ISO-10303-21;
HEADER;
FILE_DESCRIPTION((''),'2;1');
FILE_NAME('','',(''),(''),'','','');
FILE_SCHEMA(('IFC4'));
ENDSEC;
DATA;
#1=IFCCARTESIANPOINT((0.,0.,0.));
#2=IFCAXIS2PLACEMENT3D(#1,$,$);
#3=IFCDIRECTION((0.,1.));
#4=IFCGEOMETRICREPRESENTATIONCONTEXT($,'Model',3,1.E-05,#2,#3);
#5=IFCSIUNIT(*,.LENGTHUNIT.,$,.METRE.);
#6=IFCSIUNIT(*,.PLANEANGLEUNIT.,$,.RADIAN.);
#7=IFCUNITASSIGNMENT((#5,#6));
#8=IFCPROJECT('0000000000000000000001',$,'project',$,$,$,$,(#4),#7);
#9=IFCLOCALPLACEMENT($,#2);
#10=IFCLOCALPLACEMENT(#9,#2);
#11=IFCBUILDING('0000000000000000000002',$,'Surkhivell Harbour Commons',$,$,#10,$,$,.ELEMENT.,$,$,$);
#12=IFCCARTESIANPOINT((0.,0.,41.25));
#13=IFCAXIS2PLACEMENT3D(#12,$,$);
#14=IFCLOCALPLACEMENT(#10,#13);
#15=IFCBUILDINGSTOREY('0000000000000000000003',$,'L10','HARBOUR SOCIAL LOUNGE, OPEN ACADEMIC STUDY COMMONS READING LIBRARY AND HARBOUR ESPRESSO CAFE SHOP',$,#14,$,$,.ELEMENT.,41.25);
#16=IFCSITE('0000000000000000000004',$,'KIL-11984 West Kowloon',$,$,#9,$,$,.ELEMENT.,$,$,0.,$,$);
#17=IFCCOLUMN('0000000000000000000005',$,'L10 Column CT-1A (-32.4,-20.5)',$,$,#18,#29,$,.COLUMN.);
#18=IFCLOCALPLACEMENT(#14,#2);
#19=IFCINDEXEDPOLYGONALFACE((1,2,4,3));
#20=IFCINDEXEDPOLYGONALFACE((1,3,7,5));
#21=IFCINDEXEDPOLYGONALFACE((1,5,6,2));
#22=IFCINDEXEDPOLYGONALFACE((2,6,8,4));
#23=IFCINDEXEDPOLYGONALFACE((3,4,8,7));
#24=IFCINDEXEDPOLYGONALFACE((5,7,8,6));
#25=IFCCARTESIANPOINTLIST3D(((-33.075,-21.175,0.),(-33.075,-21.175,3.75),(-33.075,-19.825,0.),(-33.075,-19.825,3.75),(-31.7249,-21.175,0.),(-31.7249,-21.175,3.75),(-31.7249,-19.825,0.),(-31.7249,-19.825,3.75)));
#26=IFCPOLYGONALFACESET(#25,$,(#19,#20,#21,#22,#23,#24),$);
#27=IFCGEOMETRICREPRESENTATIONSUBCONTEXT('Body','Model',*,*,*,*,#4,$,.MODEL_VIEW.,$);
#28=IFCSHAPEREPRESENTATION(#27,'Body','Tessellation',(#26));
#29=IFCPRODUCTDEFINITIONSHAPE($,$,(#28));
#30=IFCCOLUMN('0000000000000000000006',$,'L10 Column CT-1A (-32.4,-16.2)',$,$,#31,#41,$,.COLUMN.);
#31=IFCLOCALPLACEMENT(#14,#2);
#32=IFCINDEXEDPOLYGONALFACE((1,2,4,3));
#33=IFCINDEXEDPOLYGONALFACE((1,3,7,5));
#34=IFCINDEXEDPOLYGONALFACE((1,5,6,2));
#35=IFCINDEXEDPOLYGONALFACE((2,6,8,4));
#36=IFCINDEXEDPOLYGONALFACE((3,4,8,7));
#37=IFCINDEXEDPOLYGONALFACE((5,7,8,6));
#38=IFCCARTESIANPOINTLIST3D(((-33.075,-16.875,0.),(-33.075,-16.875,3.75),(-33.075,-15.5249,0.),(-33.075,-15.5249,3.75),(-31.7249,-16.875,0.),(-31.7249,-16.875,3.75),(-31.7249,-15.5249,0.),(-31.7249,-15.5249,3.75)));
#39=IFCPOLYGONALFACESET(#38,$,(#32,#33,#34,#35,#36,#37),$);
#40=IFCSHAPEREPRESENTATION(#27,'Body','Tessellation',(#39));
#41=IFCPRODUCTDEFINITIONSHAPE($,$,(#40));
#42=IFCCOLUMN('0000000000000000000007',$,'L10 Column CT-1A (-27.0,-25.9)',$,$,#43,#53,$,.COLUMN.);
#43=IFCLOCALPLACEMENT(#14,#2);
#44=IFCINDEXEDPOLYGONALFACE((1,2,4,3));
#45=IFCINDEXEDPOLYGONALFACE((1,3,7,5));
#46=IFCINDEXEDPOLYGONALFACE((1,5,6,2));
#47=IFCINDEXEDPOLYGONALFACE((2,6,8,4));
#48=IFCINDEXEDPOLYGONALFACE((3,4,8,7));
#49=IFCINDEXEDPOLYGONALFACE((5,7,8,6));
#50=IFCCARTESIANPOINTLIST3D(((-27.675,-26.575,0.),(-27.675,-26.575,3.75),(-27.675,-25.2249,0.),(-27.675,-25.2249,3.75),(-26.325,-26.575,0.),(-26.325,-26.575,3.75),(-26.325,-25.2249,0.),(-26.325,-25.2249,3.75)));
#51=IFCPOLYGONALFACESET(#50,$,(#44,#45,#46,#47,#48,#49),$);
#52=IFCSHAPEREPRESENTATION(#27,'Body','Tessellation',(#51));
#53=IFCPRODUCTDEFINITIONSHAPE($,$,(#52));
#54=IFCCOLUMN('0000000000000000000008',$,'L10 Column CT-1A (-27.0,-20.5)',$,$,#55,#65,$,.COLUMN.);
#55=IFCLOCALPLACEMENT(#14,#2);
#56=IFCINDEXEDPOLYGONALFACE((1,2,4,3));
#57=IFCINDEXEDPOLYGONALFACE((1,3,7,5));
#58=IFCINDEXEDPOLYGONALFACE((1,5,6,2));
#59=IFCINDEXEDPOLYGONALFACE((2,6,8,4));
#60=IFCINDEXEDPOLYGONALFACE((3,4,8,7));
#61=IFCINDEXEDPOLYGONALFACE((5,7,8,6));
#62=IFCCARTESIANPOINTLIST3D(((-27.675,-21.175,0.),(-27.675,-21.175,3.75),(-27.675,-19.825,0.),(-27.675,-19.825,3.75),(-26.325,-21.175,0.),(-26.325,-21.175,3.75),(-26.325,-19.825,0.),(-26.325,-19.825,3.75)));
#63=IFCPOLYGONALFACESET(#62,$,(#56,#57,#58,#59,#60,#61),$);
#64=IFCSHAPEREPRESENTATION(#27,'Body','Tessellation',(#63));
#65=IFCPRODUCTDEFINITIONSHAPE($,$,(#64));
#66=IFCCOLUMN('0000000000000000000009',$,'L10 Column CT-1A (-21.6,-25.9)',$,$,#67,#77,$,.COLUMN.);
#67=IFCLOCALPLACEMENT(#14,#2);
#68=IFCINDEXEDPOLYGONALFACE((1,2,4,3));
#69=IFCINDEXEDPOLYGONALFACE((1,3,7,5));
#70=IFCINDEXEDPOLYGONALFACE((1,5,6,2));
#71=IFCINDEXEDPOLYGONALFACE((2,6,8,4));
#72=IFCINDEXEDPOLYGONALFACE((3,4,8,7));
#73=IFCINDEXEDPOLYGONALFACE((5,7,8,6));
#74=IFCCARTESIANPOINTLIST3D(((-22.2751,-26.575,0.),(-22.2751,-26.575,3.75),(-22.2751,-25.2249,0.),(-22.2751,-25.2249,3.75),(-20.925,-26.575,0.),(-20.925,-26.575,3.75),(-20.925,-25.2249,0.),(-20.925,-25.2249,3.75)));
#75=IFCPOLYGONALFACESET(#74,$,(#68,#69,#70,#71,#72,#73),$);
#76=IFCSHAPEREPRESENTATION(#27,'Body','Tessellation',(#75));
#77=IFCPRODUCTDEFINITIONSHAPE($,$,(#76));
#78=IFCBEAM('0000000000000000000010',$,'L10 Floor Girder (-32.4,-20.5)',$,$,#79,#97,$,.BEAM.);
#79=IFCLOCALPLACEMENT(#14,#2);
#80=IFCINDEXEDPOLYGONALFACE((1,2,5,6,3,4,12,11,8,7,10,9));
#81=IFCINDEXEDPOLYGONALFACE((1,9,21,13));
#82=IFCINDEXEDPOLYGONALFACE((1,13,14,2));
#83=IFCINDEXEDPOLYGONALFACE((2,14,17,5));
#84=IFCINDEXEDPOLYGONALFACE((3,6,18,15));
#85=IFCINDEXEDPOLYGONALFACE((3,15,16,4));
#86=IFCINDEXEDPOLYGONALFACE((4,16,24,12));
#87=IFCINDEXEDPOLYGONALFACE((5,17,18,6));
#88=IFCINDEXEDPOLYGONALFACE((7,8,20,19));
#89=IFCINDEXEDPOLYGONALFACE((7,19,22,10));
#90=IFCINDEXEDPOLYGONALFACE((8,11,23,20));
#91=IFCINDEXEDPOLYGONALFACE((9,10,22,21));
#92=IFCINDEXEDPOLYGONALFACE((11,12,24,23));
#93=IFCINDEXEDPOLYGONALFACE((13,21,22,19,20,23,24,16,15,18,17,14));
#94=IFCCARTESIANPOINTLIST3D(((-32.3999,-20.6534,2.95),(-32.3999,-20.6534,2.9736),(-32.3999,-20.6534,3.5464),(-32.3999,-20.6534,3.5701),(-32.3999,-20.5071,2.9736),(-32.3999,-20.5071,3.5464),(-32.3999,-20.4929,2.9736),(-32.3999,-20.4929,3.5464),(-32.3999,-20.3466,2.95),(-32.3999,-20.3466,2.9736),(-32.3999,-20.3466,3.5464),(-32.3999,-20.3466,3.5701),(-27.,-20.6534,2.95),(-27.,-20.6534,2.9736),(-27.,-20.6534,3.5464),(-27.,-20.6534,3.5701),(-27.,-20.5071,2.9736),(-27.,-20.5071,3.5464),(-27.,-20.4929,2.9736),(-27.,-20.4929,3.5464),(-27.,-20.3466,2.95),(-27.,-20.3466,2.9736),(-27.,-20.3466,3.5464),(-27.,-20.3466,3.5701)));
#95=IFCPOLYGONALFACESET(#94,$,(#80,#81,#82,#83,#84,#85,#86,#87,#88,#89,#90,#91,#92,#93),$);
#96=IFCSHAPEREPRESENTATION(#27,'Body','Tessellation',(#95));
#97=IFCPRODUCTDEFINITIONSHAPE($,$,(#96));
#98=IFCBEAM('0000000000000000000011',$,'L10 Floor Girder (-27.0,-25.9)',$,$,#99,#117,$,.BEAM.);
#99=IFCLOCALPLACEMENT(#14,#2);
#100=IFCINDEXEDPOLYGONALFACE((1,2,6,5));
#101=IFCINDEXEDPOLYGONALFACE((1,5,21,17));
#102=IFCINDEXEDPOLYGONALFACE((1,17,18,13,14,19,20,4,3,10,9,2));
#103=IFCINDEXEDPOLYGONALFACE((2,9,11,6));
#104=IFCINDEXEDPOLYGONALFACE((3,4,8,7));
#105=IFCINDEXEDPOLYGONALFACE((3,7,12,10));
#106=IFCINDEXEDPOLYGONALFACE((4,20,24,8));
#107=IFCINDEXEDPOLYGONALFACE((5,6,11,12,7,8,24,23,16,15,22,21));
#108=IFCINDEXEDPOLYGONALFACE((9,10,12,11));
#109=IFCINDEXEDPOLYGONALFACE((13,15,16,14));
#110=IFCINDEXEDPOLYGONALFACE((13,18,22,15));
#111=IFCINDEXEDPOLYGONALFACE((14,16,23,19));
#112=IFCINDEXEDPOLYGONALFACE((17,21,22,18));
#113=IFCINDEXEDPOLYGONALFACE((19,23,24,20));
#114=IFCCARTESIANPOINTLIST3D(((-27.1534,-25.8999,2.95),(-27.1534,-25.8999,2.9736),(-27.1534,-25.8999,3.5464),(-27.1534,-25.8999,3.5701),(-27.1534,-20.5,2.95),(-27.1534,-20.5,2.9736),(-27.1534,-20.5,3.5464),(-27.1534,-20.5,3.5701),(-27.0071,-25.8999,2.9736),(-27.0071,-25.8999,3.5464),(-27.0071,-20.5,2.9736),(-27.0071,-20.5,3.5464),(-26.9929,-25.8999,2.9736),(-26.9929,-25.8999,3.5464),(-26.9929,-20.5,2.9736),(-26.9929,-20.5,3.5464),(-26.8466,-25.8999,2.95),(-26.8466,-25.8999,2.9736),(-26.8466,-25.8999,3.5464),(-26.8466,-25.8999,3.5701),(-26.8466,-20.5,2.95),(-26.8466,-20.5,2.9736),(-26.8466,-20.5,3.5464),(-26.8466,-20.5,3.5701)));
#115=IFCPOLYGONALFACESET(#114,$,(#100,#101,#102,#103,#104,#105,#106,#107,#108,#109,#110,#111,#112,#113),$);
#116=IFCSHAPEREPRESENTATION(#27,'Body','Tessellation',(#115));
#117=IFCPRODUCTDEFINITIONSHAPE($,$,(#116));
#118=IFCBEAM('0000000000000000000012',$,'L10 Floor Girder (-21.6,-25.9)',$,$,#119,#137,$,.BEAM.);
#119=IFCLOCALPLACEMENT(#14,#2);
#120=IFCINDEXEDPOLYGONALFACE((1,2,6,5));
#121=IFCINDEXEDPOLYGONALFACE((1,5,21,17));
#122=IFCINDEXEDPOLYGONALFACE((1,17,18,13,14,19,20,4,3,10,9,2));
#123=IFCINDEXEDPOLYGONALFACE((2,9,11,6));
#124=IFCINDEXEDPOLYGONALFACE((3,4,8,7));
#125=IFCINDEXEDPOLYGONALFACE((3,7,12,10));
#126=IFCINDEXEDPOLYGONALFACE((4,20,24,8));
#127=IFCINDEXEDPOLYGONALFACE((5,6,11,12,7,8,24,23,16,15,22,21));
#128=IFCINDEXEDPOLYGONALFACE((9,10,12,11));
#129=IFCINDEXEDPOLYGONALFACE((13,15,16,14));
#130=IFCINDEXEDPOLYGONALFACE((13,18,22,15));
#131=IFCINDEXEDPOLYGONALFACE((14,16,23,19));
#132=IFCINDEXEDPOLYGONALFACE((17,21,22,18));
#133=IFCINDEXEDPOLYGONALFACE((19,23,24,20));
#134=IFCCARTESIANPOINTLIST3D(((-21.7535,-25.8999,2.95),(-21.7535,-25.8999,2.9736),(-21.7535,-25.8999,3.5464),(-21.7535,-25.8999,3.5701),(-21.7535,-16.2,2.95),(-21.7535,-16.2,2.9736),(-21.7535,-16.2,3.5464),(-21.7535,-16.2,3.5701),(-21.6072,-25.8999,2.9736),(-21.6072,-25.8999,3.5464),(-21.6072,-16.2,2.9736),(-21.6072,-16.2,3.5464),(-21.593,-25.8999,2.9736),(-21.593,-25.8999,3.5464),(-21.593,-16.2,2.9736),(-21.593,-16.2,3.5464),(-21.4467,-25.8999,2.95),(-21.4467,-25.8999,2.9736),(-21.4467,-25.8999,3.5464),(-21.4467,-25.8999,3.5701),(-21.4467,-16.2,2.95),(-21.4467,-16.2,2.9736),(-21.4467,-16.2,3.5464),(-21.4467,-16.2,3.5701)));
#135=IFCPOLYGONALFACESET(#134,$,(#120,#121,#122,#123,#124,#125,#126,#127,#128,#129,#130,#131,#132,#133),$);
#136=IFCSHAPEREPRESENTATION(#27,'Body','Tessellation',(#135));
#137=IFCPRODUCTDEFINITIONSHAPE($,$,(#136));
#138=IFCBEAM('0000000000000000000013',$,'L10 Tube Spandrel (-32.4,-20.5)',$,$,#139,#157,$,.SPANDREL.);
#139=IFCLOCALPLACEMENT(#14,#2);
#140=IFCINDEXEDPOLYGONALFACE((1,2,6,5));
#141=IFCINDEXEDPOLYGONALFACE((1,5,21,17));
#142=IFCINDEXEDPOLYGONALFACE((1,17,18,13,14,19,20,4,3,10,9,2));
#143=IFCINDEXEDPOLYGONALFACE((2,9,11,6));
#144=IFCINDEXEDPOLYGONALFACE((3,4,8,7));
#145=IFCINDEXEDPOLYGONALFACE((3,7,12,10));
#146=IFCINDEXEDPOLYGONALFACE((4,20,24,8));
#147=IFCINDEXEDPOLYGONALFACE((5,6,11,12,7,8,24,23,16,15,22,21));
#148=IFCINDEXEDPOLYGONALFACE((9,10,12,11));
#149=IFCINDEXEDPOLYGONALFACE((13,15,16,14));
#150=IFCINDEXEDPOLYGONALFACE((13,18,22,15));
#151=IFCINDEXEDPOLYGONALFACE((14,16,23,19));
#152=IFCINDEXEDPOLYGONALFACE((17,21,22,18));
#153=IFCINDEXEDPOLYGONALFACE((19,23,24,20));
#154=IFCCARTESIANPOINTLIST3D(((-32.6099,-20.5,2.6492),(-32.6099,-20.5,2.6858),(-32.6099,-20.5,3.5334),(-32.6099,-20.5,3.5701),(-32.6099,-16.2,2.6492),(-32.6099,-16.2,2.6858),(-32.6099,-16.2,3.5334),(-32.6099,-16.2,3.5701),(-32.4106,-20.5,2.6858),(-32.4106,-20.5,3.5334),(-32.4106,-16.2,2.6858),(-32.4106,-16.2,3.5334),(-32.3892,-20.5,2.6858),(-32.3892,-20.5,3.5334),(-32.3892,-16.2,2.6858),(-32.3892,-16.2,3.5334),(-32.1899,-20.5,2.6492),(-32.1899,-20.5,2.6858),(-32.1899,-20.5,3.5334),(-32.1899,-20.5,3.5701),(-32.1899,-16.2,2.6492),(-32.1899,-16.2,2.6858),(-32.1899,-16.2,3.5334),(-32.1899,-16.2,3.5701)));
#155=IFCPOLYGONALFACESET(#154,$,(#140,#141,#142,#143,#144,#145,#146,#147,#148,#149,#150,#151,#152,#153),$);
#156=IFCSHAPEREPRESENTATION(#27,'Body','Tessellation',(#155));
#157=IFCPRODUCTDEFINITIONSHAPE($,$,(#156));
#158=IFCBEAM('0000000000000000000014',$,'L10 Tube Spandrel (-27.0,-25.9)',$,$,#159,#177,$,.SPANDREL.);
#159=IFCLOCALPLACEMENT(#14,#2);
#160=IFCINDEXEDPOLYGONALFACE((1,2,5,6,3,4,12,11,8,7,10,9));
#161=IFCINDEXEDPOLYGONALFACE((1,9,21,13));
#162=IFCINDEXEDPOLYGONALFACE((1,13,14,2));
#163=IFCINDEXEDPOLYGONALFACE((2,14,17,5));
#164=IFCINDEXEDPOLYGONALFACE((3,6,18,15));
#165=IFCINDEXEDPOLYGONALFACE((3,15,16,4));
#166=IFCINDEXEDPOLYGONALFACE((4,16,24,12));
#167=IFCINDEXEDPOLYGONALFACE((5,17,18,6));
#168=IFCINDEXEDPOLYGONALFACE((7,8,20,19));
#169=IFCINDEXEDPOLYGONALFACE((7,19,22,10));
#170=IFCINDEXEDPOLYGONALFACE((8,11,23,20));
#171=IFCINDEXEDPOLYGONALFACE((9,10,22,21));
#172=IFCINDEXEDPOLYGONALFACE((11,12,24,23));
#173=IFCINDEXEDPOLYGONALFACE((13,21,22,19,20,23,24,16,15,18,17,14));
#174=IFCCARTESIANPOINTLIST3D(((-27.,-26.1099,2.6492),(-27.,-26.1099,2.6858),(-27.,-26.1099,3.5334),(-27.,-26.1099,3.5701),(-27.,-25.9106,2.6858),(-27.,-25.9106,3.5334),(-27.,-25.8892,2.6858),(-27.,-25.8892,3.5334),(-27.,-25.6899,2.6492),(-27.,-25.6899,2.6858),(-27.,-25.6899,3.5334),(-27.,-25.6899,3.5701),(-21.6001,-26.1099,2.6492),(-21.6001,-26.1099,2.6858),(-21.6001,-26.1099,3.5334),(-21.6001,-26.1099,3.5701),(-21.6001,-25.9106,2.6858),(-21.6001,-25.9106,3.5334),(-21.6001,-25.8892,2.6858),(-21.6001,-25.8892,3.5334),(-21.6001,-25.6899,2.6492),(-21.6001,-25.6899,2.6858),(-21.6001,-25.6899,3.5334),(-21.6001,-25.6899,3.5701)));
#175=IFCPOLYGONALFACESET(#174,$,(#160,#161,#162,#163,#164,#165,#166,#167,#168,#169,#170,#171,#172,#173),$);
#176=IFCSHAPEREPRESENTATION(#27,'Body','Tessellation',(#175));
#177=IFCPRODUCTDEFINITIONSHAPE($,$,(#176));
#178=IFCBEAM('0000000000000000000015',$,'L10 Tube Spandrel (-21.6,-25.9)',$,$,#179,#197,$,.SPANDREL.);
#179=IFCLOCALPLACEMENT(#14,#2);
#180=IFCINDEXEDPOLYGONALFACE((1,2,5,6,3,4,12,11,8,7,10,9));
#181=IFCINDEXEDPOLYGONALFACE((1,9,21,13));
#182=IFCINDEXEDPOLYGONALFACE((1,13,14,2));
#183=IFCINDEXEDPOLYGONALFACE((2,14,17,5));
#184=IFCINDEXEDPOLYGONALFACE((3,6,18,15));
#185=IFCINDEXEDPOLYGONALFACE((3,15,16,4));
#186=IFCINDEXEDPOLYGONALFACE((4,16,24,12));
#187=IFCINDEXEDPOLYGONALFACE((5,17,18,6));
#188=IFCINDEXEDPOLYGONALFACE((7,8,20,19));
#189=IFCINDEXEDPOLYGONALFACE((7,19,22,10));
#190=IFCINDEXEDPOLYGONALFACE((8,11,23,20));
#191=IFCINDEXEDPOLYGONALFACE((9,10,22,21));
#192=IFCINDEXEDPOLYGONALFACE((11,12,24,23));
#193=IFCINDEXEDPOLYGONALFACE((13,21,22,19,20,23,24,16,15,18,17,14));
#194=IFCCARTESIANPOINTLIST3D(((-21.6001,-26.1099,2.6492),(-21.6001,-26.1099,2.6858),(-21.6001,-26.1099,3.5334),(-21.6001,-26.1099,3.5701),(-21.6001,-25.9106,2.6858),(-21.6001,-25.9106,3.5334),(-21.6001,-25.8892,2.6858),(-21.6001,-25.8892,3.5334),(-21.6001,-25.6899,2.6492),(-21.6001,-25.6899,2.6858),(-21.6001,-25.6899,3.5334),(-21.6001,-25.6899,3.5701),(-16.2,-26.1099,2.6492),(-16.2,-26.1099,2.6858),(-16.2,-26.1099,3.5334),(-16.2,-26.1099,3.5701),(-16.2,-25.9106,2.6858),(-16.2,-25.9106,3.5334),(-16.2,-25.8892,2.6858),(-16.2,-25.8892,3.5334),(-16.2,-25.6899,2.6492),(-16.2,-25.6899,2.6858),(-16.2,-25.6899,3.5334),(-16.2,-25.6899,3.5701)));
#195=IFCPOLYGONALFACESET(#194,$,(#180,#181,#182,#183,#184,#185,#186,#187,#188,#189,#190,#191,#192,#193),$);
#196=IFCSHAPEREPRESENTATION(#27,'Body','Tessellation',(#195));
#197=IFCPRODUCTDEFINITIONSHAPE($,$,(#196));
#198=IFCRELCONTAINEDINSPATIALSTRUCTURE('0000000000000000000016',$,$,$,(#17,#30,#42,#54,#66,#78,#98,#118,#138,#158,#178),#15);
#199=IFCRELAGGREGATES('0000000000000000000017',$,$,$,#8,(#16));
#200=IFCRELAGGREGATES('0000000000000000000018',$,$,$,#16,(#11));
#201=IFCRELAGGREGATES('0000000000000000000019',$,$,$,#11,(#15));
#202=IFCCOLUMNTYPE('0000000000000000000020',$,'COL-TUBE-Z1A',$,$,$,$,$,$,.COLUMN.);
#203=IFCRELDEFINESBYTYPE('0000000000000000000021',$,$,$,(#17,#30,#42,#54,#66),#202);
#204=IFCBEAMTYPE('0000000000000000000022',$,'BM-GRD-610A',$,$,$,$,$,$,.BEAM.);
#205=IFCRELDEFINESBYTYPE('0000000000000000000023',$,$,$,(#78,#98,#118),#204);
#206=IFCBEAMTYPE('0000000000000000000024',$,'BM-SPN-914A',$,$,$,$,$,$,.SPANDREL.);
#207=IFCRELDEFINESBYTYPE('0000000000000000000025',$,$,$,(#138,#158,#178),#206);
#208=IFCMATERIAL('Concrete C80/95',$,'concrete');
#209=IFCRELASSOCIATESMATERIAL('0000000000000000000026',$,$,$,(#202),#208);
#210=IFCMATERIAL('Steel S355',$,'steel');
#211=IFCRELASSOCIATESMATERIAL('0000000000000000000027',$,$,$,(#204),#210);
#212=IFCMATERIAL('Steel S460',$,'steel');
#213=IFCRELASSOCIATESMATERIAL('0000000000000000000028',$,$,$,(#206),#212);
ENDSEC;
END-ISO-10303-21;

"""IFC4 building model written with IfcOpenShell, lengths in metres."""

from ifc_helpers import new_model, si_unit, direction, frame, origin, origin_2d, place, context, subcontext, project, spatial, rectangle, i_section, extrude, material, material_profile, profile_set, type_object, element, save


model = new_model("IFC4")

# Units and contexts
model_context = context("Model", 3, precision=1e-05, world=origin(), true_north=direction((0.0, 1.0)))
body_context = subcontext(model_context, "Body", "Model", "MODEL_VIEW")
ifc_project = project(units=[si_unit("LENGTHUNIT", "METRE"), si_unit("PLANEANGLEUNIT", "RADIAN")], contexts=[model_context])

# Site, building, storey
site_placement = place(None, origin())
site = spatial("IfcSite", under=ifc_project, at=site_placement, Name="KIL-11984 West Kowloon", CompositionType="ELEMENT", RefElevation=0.0)
building_placement = place(site_placement, origin())
building = spatial("IfcBuilding", under=site, at=building_placement, Name="Surkhivell Harbour Commons", CompositionType="ELEMENT")
storey_placement = place(building_placement, frame((0.0, 0.0, 41.25)))
storey = spatial("IfcBuildingStorey", under=building, at=storey_placement, Name="L10", Description="HARBOUR SOCIAL LOUNGE, OPEN ACADEMIC STUDY COMMONS READING LIBRARY AND HARBOUR ESPRESSO CAFE SHOP", CompositionType="ELEMENT", Elevation=41.25)

# Columns
ifc_material_1 = material(Name="Concrete C80/95", Category="concrete")
ifc_material_profile_1 = material_profile(ifc_material_1, rectangle(XDim=1.3501, YDim=1.3501, at=origin_2d()), Name="RC-COL-1350x1350")
ifc_profile_set_1 = profile_set([ifc_material_profile_1], Name="Concrete C80/95")
column_type = type_object("IfcColumnType", Name="COL-TUBE-Z1A", PredefinedType="COLUMN", material=ifc_profile_set_1)
for number, where, z_axis, x_axis, name in (
    (1, (-32.3999, -20.5, 0.0), (0.0, 0.0, 1.0), (1.0, 0.0, 0.0), "L10 Column CT-1A (-32.4,-20.5)"),
    (2, (-32.3999, -16.2, 0.0), (0.0, 0.0, 1.0), (1.0, 0.0, 0.0), "L10 Column CT-1A (-32.4,-16.2)"),
    (3, (-27.0, -25.8999, 0.0), (0.0, 0.0, 1.0), (1.0, 0.0, 0.0), "L10 Column CT-1A (-27.0,-25.9)"),
    (4, (-27.0, -20.5, 0.0), (0.0, 0.0, 1.0), (1.0, 0.0, 0.0), "L10 Column CT-1A (-27.0,-20.5)"),
    (5, (-21.6001, -25.8999, 0.0), (0.0, 0.0, 1.0), (1.0, 0.0, 0.0), "L10 Column CT-1A (-21.6,-25.9)"),
):
    element("IfcColumn", number, at=place(storey_placement, frame(where, z_axis=z_axis, x_axis=x_axis)), inside=storey, type_object=column_type, Name=name, PredefinedType="COLUMN", context=body_context, shape_type="SweptSolid", body=[
        extrude(rectangle(XDim=1.3501, YDim=1.3501, at=origin_2d()), origin(), (0.0, 0.0, 1.0), 3.75),
    ])

# Beams
ifc_material_2 = material(Name="Steel S355", Category="steel")
ifc_material_profile_2 = material_profile(ifc_material_2, i_section(OverallWidth=0.3069, OverallDepth=0.6201, WebThickness=0.0142, FlangeThickness=0.0237, at=origin_2d()), Name="UB610x305x179")
ifc_profile_set_2 = profile_set([ifc_material_profile_2], Name="Steel S355")
beam_type_1 = type_object("IfcBeamType", Name="BM-GRD-610A", PredefinedType="BEAM", material=ifc_profile_set_2)
for number, where, z_axis, x_axis, name in (
    (6, (-32.3999, -20.5, 3.26), (1.0, 0.0, 0.0), (0.0, 1.0, 0.0), "L10 Floor Girder (-32.4,-20.5)"),
    (7, (-27.0, -25.8999, 3.26), (0.0, 1.0, 0.0), (-1.0, 0.0, 0.0), "L10 Floor Girder (-27.0,-25.9)"),
):
    element("IfcBeam", number, at=place(storey_placement, frame(where, z_axis=z_axis, x_axis=x_axis)), inside=storey, type_object=beam_type_1, Name=name, PredefinedType="BEAM", context=body_context, shape_type="SweptSolid", body=[
        extrude(i_section(OverallWidth=0.3069, OverallDepth=0.6201, WebThickness=0.0142, FlangeThickness=0.0237, at=origin_2d()), origin(), (0.0, 0.0, 1.0), 5.3999),
    ])
beam_1_placement = place(storey_placement, frame((-21.6001, -25.8999, 3.26), z_axis=(0.0, 1.0, 0.0), x_axis=(-1.0, 0.0, 0.0)))
element("IfcBeam", 8, at=beam_1_placement, inside=storey, type_object=beam_type_1, Name="L10 Floor Girder (-21.6,-25.9)", PredefinedType="BEAM", context=body_context, shape_type="SweptSolid", body=[
    extrude(i_section(OverallWidth=0.3069, OverallDepth=0.6201, WebThickness=0.0142, FlangeThickness=0.0237, at=origin_2d()), origin(), (0.0, 0.0, 1.0), 9.7),
])
ifc_material_3 = material(Name="Steel S460", Category="steel")
ifc_material_profile_3 = material_profile(ifc_material_3, i_section(OverallWidth=0.4199, OverallDepth=0.9209, WebThickness=0.0215, FlangeThickness=0.0366, at=origin_2d()), Name="UB914x419x388")
ifc_profile_set_3 = profile_set([ifc_material_profile_3], Name="Steel S460")
beam_type_2 = type_object("IfcBeamType", Name="BM-SPN-914A", PredefinedType="SPANDREL", material=ifc_profile_set_3)
beam_2_placement = place(storey_placement, frame((-32.3999, -20.5, 3.1096), z_axis=(0.0, 1.0, 0.0), x_axis=(-1.0, 0.0, 0.0)))
element("IfcBeam", 9, at=beam_2_placement, inside=storey, type_object=beam_type_2, Name="L10 Tube Spandrel (-32.4,-20.5)", PredefinedType="SPANDREL", context=body_context, shape_type="SweptSolid", body=[
    extrude(i_section(OverallWidth=0.4199, OverallDepth=0.9209, WebThickness=0.0215, FlangeThickness=0.0366, at=origin_2d()), origin(), (0.0, 0.0, 1.0), 4.3),
])
beam_3_placement = place(storey_placement, frame((-27.0, -25.8999, 3.1096), z_axis=(1.0, 0.0, 0.0), x_axis=(0.0, 1.0, 0.0)))
element("IfcBeam", 10, at=beam_3_placement, inside=storey, type_object=beam_type_2, Name="L10 Tube Spandrel (-27.0,-25.9)", PredefinedType="SPANDREL", context=body_context, shape_type="SweptSolid", body=[
    extrude(i_section(OverallWidth=0.4199, OverallDepth=0.9209, WebThickness=0.0215, FlangeThickness=0.0366, at=origin_2d()), origin(), (0.0, 0.0, 1.0), 5.3999),
])
beam_4_placement = place(storey_placement, frame((-21.6001, -25.8999, 3.1096), z_axis=(1.0, 0.0, 0.0), x_axis=(0.0, 1.0, 0.0)))
element("IfcBeam", 11, at=beam_4_placement, inside=storey, type_object=beam_type_2, Name="L10 Tube Spandrel (-21.6,-25.9)", PredefinedType="SPANDREL", context=body_context, shape_type="SweptSolid", body=[
    extrude(i_section(OverallWidth=0.4199, OverallDepth=0.9209, WebThickness=0.0215, FlangeThickness=0.0366, at=origin_2d()), origin(), (0.0, 0.0, 1.0), 5.4001),
])

save(model, "model.ifc")
